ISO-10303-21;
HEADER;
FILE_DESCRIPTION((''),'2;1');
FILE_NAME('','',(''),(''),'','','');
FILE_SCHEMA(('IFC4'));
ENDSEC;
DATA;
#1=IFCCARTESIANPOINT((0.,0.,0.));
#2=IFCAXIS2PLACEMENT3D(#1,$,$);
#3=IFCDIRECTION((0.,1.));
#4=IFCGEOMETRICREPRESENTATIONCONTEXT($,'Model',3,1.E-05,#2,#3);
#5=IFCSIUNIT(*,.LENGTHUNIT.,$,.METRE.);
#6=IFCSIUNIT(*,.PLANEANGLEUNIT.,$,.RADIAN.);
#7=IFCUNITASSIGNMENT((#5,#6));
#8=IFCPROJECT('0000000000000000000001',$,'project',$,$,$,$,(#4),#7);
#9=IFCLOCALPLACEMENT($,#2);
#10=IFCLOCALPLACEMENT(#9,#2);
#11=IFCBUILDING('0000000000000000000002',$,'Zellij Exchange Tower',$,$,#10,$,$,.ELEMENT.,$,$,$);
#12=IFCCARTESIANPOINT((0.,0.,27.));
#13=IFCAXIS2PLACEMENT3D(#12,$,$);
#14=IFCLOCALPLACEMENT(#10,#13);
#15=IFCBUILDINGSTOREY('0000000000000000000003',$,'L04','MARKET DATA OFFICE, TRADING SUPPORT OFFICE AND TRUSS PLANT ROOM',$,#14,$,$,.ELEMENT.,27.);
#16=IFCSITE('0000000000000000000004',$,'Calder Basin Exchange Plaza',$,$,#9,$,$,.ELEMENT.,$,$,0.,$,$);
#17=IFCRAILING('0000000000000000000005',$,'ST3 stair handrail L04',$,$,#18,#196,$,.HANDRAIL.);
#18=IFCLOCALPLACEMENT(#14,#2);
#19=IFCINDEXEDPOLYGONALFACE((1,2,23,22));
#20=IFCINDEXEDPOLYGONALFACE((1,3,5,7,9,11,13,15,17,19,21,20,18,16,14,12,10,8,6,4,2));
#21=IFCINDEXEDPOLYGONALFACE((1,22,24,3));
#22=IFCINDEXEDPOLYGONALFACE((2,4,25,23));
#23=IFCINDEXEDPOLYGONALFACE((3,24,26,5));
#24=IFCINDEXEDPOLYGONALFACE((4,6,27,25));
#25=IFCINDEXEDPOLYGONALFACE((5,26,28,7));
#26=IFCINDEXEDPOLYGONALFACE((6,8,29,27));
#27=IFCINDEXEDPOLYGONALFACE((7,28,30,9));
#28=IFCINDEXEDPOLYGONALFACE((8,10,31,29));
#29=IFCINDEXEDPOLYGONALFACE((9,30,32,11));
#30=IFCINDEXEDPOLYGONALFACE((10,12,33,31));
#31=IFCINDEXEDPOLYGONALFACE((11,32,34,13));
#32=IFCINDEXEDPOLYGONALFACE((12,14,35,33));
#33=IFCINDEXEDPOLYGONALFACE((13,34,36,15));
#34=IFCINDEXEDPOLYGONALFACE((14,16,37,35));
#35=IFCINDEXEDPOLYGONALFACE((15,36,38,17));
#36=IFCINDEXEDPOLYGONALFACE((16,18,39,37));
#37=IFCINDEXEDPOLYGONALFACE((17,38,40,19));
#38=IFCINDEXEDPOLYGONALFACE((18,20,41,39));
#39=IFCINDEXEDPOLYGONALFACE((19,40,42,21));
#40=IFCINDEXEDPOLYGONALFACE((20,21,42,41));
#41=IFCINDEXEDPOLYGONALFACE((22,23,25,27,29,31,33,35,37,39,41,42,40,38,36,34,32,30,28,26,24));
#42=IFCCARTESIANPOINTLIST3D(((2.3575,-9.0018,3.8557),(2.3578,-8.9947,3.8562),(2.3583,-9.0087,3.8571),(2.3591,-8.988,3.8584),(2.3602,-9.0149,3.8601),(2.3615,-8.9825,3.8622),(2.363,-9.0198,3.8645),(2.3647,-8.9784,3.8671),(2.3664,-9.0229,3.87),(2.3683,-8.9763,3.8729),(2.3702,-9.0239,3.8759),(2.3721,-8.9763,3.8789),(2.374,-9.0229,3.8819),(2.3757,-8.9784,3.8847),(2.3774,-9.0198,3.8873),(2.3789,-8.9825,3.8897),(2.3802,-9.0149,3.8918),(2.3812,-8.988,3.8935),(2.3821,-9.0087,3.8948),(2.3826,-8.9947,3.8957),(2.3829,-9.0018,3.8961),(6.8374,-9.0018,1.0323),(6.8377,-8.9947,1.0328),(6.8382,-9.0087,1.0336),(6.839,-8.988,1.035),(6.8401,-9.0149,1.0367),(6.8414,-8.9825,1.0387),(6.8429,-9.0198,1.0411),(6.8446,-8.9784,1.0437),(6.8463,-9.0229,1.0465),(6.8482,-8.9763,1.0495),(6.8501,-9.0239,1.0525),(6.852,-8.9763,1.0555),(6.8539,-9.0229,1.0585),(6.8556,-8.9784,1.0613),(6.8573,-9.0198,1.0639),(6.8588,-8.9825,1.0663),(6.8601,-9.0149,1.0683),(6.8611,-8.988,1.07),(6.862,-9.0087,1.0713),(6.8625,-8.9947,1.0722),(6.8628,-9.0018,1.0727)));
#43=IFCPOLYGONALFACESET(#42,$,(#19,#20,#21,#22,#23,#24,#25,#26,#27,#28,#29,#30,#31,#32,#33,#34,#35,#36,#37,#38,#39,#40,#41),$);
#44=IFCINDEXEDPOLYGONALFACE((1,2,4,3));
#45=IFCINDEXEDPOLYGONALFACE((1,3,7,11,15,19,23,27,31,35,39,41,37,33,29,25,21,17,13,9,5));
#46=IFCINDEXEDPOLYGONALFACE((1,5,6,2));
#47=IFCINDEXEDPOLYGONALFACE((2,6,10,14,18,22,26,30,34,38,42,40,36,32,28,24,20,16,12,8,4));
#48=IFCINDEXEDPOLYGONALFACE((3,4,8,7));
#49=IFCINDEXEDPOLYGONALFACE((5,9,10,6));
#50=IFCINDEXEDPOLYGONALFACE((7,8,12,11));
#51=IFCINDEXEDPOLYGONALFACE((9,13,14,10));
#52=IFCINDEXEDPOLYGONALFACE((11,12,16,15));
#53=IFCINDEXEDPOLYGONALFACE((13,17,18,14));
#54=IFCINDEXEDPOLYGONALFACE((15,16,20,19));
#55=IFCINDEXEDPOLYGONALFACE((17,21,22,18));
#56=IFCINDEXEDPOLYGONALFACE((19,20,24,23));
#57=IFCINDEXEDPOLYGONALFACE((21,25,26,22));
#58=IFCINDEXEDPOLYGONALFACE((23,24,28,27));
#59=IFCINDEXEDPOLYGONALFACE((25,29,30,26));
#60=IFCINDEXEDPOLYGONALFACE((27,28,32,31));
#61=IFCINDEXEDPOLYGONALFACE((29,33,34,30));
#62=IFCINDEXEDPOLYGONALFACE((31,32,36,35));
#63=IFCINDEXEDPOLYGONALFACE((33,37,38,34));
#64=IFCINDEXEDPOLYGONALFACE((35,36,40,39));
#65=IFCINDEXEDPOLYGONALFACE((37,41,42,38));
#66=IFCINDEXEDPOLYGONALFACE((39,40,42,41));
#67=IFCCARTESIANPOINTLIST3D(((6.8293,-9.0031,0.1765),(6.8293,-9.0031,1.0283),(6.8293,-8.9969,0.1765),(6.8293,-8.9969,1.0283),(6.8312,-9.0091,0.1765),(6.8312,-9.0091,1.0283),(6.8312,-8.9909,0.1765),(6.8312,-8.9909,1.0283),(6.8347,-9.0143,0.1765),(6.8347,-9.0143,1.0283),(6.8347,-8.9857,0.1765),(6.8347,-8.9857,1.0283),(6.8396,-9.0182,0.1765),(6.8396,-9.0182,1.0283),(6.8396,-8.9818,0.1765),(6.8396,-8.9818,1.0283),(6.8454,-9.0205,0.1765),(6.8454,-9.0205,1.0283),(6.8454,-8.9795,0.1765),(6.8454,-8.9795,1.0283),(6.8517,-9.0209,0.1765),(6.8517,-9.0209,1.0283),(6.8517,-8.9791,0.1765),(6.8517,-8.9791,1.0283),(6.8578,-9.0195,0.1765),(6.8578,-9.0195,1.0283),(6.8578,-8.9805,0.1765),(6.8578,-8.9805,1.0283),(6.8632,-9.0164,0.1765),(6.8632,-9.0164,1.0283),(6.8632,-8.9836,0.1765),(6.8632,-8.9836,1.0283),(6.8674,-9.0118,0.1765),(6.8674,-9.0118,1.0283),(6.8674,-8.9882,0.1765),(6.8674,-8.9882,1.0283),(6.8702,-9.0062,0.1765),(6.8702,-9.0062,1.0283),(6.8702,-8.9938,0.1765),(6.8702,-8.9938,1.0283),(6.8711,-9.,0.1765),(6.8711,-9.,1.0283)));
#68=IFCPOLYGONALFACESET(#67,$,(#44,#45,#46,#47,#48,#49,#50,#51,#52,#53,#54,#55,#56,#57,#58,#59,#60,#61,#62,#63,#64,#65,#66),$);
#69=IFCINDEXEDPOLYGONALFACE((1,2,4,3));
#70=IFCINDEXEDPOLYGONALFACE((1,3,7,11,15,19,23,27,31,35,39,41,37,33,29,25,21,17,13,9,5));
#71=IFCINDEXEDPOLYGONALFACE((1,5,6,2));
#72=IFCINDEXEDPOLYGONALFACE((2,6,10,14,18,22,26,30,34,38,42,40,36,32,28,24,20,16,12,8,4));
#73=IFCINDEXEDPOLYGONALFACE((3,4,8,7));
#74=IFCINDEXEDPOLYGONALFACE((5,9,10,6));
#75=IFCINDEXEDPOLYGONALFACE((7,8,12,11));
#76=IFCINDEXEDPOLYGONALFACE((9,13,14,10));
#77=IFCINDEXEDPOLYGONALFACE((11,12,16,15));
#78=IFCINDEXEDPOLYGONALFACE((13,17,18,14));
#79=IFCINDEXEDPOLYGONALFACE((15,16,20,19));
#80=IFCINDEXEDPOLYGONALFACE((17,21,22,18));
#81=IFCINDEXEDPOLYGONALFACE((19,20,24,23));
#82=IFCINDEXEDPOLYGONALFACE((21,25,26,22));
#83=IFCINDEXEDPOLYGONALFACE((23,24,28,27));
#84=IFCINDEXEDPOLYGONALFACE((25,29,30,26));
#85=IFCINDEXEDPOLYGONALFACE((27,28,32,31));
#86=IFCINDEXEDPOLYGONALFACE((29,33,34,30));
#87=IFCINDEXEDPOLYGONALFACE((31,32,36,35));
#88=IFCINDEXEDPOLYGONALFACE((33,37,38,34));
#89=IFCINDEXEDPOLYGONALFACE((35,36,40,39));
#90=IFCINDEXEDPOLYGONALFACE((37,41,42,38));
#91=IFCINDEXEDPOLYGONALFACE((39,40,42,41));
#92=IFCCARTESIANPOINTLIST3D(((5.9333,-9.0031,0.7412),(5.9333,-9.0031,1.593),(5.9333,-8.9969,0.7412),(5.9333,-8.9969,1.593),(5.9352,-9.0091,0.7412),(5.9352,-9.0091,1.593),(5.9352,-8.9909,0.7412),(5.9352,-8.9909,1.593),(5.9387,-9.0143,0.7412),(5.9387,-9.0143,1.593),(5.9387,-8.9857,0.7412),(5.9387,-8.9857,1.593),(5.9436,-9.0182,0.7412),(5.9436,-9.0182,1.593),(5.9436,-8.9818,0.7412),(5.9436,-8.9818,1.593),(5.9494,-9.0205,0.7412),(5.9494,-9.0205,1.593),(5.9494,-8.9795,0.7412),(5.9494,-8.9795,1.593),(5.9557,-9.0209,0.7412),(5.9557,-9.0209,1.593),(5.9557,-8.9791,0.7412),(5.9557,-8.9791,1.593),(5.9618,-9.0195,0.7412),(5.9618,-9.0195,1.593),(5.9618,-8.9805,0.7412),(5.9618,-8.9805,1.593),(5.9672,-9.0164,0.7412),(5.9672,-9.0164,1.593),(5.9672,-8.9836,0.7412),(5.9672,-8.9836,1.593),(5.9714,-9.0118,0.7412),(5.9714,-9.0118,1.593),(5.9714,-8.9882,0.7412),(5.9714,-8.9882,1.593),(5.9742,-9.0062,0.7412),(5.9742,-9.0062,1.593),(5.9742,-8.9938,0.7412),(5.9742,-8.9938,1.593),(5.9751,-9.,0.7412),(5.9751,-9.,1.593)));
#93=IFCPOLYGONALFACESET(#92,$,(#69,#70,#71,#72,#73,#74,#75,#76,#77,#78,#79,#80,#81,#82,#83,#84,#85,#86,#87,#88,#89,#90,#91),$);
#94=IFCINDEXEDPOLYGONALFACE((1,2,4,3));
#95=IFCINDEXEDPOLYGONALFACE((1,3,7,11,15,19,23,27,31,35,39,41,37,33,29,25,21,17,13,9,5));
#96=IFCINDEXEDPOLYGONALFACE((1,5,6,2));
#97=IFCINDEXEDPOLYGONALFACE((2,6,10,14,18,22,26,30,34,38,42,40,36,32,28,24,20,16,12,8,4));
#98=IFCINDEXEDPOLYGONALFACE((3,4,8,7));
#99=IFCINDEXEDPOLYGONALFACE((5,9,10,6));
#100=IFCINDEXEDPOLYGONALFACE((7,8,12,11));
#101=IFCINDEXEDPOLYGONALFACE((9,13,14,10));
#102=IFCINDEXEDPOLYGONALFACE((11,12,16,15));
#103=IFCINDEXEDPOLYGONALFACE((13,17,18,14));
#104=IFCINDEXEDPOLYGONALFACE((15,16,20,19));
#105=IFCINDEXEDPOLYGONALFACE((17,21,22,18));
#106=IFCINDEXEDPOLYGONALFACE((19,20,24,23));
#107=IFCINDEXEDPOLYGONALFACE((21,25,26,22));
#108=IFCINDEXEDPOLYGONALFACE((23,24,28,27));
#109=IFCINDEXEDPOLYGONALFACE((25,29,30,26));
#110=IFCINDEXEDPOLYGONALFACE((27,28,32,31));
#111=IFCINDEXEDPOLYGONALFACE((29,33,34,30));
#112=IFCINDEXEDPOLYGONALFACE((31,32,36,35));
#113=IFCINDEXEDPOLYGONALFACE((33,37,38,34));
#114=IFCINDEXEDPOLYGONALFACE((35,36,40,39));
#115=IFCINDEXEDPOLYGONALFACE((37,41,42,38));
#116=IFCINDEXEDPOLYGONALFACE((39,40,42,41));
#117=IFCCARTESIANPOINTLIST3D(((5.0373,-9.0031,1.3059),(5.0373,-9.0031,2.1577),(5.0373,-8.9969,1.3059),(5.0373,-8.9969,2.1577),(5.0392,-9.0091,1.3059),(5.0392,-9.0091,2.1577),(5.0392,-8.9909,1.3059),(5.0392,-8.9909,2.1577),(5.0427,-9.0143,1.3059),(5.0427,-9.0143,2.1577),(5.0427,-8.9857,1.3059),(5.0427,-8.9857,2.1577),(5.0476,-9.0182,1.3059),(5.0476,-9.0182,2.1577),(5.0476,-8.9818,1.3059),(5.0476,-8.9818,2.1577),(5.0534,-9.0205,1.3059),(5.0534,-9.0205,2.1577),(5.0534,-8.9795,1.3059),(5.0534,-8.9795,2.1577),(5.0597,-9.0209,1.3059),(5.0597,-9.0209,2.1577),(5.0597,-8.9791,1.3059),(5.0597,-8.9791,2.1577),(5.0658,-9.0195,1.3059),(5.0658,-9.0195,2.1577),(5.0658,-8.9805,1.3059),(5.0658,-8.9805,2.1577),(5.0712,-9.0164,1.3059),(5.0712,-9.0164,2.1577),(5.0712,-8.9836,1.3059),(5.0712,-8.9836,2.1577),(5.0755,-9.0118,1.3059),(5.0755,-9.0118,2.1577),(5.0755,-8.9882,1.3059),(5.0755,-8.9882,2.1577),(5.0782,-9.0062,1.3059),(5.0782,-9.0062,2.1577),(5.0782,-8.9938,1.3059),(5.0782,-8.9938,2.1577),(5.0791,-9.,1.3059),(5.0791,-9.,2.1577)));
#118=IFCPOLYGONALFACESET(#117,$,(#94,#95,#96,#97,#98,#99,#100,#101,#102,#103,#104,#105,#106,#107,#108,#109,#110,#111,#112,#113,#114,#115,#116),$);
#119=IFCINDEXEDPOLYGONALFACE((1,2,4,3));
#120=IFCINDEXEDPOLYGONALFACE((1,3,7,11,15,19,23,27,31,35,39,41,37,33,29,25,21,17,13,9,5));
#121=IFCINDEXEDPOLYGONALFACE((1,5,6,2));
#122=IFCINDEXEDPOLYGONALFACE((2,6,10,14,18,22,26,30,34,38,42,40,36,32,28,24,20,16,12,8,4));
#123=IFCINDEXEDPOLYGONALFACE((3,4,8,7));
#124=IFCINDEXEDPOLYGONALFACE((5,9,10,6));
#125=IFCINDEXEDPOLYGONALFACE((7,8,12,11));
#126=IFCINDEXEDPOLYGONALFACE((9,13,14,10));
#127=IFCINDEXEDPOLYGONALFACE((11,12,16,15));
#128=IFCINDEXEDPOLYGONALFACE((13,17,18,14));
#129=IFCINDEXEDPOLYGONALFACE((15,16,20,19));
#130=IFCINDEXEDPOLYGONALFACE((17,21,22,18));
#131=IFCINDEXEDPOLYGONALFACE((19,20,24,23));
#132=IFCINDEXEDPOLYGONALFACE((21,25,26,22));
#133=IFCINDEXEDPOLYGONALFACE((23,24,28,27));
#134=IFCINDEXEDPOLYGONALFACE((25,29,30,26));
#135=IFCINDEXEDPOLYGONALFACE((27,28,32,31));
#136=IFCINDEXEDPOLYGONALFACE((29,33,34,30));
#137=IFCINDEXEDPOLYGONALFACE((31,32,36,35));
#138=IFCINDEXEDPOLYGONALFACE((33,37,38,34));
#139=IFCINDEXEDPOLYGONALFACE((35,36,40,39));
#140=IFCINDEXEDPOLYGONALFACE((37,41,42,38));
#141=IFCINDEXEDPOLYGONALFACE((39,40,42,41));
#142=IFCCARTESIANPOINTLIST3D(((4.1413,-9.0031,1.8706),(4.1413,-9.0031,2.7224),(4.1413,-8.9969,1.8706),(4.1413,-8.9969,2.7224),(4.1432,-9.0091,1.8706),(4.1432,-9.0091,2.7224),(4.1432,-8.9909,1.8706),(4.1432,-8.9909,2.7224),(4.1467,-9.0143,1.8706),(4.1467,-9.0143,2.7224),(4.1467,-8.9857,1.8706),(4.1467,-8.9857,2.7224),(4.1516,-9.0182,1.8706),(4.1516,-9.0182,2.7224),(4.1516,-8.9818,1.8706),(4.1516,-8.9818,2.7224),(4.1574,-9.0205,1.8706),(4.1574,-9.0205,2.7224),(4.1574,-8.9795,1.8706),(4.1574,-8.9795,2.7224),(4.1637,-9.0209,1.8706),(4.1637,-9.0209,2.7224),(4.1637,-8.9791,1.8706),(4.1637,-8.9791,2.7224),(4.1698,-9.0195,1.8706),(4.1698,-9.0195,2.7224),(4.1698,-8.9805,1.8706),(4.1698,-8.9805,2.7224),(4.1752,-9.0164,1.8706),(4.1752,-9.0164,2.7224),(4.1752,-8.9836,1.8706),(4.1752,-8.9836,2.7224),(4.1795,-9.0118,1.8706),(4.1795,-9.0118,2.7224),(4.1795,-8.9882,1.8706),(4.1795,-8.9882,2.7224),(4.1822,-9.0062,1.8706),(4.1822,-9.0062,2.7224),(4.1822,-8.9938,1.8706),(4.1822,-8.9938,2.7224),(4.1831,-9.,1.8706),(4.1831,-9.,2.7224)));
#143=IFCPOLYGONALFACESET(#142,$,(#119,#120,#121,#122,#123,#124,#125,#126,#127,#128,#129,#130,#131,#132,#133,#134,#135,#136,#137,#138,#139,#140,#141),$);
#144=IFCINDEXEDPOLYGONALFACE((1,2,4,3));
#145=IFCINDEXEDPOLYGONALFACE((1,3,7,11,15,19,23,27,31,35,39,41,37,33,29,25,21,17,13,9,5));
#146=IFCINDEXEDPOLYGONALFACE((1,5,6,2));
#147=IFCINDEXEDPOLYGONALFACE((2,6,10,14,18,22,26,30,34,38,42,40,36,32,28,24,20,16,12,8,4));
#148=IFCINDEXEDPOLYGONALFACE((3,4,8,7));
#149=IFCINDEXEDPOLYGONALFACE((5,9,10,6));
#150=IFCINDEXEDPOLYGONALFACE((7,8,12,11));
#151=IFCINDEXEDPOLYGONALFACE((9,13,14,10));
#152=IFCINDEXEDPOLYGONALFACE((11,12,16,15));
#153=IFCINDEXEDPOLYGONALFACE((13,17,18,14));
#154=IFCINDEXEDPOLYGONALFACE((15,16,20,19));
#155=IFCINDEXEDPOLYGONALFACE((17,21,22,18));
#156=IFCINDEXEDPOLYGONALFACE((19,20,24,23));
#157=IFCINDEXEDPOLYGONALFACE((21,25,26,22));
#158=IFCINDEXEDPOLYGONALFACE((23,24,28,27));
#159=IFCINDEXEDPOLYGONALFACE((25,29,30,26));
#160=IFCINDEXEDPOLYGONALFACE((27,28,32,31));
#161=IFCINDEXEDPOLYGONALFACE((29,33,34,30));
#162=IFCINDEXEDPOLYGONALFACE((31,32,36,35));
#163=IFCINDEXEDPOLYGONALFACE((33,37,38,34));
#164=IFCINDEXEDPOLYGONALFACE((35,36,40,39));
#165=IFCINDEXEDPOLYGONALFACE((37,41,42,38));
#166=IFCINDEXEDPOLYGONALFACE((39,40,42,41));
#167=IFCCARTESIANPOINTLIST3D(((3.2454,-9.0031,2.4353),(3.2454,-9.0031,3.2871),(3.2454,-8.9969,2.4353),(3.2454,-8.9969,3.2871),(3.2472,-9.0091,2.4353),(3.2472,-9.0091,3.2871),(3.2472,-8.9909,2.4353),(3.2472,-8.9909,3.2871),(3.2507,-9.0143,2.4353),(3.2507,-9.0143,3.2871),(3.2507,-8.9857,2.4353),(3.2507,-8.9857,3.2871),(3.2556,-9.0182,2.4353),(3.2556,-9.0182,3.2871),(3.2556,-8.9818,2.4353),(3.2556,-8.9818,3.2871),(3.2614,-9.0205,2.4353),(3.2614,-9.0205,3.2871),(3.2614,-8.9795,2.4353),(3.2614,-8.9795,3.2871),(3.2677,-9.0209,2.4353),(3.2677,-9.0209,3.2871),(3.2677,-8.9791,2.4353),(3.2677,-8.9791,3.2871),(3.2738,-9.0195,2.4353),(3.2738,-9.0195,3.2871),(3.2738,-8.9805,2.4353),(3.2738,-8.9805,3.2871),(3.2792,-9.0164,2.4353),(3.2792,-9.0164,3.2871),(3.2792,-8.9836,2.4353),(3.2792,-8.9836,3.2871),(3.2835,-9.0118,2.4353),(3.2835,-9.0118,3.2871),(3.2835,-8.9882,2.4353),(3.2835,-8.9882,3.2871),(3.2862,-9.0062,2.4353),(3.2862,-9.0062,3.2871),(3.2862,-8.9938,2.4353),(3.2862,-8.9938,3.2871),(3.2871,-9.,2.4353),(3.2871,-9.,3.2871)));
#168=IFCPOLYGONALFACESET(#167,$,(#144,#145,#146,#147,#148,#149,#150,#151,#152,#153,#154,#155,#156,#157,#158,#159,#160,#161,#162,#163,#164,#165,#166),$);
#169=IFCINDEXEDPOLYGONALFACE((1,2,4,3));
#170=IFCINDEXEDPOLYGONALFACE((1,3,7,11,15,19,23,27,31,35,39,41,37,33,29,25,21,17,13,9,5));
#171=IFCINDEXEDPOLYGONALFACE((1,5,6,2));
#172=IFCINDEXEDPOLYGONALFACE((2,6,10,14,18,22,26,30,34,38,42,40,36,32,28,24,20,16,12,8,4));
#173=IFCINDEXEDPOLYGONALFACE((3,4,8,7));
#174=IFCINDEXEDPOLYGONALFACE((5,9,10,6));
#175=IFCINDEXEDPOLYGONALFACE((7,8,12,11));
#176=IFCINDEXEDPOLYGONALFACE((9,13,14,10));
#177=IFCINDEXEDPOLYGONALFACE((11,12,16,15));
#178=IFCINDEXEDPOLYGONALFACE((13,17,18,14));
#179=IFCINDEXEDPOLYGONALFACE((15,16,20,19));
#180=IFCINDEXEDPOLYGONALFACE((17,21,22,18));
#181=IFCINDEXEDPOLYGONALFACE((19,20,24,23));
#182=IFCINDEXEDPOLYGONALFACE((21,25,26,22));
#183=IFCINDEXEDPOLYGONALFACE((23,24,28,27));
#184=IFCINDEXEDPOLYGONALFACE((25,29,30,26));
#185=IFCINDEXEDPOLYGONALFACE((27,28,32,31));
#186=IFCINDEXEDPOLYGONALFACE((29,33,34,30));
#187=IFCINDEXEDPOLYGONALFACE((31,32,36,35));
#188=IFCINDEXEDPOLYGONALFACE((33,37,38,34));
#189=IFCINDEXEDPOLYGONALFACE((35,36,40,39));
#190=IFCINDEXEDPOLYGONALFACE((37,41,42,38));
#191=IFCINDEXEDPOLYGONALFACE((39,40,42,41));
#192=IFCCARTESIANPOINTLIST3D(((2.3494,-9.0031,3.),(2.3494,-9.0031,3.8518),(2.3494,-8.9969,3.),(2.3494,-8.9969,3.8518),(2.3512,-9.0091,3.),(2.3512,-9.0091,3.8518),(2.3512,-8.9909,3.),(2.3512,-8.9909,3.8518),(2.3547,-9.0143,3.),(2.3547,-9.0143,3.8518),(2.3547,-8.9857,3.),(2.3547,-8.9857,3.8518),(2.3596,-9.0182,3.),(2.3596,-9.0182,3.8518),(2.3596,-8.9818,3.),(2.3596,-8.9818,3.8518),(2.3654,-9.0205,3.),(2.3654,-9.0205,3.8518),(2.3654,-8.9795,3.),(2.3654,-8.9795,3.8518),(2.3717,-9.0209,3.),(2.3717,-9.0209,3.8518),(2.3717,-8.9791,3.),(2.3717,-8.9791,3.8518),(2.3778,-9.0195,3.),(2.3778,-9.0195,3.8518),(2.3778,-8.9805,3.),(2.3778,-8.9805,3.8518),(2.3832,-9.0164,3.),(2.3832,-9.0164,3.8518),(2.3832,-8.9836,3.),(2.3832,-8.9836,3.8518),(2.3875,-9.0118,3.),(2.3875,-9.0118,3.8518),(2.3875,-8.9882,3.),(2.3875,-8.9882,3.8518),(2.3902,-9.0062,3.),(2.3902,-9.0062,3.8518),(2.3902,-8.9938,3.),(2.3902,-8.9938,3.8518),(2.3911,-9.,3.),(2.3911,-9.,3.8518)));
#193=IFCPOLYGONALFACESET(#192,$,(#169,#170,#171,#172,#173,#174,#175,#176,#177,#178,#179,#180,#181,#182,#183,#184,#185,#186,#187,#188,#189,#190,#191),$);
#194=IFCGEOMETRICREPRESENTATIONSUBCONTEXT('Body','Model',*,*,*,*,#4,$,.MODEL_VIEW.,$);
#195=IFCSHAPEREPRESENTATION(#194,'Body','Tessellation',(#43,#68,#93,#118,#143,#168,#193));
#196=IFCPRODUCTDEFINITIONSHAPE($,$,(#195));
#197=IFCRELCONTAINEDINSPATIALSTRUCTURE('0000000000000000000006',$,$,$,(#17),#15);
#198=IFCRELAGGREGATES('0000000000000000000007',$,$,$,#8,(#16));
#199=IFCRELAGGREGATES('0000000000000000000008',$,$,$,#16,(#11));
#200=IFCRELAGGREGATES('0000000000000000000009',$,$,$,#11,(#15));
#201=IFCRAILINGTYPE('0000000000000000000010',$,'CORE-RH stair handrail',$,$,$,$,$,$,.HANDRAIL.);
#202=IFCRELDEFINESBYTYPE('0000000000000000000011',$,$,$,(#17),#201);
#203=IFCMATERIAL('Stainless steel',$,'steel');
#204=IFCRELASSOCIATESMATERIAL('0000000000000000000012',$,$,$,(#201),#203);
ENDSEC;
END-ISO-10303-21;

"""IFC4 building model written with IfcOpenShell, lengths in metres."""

from ifc_helpers import new_model, si_unit, direction, frame, origin, origin_2d, place, context, subcontext, project, spatial, circle, extrude, material, type_object, element, save


model = new_model("IFC4")

# Units and contexts
model_context = context("Model", 3, precision=1e-05, world=origin(), true_north=direction((0.0, 1.0)))
body_context = subcontext(model_context, "Body", "Model", "MODEL_VIEW")
ifc_project = project(units=[si_unit("LENGTHUNIT", "METRE"), si_unit("PLANEANGLEUNIT", "RADIAN")], contexts=[model_context])

# Site, building, storey
site_placement = place(None, origin())
site = spatial("IfcSite", under=ifc_project, at=site_placement, Name="Calder Basin Exchange Plaza", CompositionType="ELEMENT", RefElevation=0.0)
building_placement = place(site_placement, origin())
building = spatial("IfcBuilding", under=site, at=building_placement, Name="Zellij Exchange Tower", CompositionType="ELEMENT")
storey_placement = place(building_placement, frame((0.0, 0.0, 27.0)))
storey = spatial("IfcBuildingStorey", under=building, at=storey_placement, Name="L04", Description="MARKET DATA OFFICE, TRADING SUPPORT OFFICE AND TRUSS PLANT ROOM", CompositionType="ELEMENT", Elevation=27.0)

# Railing
ifc_material_1 = material(Name="Stainless steel", Category="steel")
railing_type_1 = type_object("IfcRailingType", Name="CORE-RH stair handrail", PredefinedType="HANDRAIL", material=ifc_material_1)
railing_1_placement = place(storey_placement, frame((6.8501, -9.0, 0.1765)))
element("IfcRailing", 1, at=railing_1_placement, inside=storey, type_object=railing_type_1, Name="ST3 stair handrail L04", PredefinedType="HANDRAIL", context=body_context, shape_type="SweptSolid", body=[
    extrude(circle(Radius=0.0239, at=origin_2d()), frame((0.0, 0.0, 0.876), z_axis=(-0.845998, 0.0, 0.533186), x_axis=(0.0, -1.0, 0.0)), (0.0, 0.0, 1.0), 5.2954),
    extrude(circle(Radius=0.021, at=origin_2d()), origin(), (0.0, 0.0, 1.0), 0.8518),
    extrude(circle(Radius=0.021, at=origin_2d()), frame((-0.896, 0.0, 0.5647)), (0.0, 0.0, 1.0), 0.8518),
    extrude(circle(Radius=0.021, at=origin_2d()), frame((-1.792, 0.0, 1.1294)), (0.0, 0.0, 1.0), 0.8518),
    extrude(circle(Radius=0.021, at=origin_2d()), frame((-2.688, 0.0, 1.6941)), (0.0, 0.0, 1.0), 0.8518),
    extrude(circle(Radius=0.021, at=origin_2d()), frame((-3.584, 0.0, 2.2588)), (0.0, 0.0, 1.0), 0.8518),
    extrude(circle(Radius=0.021, at=origin_2d()), frame((-4.48, 0.0, 2.8235)), (0.0, 0.0, 1.0), 0.8518),
])

save(model, "model.ifc")
